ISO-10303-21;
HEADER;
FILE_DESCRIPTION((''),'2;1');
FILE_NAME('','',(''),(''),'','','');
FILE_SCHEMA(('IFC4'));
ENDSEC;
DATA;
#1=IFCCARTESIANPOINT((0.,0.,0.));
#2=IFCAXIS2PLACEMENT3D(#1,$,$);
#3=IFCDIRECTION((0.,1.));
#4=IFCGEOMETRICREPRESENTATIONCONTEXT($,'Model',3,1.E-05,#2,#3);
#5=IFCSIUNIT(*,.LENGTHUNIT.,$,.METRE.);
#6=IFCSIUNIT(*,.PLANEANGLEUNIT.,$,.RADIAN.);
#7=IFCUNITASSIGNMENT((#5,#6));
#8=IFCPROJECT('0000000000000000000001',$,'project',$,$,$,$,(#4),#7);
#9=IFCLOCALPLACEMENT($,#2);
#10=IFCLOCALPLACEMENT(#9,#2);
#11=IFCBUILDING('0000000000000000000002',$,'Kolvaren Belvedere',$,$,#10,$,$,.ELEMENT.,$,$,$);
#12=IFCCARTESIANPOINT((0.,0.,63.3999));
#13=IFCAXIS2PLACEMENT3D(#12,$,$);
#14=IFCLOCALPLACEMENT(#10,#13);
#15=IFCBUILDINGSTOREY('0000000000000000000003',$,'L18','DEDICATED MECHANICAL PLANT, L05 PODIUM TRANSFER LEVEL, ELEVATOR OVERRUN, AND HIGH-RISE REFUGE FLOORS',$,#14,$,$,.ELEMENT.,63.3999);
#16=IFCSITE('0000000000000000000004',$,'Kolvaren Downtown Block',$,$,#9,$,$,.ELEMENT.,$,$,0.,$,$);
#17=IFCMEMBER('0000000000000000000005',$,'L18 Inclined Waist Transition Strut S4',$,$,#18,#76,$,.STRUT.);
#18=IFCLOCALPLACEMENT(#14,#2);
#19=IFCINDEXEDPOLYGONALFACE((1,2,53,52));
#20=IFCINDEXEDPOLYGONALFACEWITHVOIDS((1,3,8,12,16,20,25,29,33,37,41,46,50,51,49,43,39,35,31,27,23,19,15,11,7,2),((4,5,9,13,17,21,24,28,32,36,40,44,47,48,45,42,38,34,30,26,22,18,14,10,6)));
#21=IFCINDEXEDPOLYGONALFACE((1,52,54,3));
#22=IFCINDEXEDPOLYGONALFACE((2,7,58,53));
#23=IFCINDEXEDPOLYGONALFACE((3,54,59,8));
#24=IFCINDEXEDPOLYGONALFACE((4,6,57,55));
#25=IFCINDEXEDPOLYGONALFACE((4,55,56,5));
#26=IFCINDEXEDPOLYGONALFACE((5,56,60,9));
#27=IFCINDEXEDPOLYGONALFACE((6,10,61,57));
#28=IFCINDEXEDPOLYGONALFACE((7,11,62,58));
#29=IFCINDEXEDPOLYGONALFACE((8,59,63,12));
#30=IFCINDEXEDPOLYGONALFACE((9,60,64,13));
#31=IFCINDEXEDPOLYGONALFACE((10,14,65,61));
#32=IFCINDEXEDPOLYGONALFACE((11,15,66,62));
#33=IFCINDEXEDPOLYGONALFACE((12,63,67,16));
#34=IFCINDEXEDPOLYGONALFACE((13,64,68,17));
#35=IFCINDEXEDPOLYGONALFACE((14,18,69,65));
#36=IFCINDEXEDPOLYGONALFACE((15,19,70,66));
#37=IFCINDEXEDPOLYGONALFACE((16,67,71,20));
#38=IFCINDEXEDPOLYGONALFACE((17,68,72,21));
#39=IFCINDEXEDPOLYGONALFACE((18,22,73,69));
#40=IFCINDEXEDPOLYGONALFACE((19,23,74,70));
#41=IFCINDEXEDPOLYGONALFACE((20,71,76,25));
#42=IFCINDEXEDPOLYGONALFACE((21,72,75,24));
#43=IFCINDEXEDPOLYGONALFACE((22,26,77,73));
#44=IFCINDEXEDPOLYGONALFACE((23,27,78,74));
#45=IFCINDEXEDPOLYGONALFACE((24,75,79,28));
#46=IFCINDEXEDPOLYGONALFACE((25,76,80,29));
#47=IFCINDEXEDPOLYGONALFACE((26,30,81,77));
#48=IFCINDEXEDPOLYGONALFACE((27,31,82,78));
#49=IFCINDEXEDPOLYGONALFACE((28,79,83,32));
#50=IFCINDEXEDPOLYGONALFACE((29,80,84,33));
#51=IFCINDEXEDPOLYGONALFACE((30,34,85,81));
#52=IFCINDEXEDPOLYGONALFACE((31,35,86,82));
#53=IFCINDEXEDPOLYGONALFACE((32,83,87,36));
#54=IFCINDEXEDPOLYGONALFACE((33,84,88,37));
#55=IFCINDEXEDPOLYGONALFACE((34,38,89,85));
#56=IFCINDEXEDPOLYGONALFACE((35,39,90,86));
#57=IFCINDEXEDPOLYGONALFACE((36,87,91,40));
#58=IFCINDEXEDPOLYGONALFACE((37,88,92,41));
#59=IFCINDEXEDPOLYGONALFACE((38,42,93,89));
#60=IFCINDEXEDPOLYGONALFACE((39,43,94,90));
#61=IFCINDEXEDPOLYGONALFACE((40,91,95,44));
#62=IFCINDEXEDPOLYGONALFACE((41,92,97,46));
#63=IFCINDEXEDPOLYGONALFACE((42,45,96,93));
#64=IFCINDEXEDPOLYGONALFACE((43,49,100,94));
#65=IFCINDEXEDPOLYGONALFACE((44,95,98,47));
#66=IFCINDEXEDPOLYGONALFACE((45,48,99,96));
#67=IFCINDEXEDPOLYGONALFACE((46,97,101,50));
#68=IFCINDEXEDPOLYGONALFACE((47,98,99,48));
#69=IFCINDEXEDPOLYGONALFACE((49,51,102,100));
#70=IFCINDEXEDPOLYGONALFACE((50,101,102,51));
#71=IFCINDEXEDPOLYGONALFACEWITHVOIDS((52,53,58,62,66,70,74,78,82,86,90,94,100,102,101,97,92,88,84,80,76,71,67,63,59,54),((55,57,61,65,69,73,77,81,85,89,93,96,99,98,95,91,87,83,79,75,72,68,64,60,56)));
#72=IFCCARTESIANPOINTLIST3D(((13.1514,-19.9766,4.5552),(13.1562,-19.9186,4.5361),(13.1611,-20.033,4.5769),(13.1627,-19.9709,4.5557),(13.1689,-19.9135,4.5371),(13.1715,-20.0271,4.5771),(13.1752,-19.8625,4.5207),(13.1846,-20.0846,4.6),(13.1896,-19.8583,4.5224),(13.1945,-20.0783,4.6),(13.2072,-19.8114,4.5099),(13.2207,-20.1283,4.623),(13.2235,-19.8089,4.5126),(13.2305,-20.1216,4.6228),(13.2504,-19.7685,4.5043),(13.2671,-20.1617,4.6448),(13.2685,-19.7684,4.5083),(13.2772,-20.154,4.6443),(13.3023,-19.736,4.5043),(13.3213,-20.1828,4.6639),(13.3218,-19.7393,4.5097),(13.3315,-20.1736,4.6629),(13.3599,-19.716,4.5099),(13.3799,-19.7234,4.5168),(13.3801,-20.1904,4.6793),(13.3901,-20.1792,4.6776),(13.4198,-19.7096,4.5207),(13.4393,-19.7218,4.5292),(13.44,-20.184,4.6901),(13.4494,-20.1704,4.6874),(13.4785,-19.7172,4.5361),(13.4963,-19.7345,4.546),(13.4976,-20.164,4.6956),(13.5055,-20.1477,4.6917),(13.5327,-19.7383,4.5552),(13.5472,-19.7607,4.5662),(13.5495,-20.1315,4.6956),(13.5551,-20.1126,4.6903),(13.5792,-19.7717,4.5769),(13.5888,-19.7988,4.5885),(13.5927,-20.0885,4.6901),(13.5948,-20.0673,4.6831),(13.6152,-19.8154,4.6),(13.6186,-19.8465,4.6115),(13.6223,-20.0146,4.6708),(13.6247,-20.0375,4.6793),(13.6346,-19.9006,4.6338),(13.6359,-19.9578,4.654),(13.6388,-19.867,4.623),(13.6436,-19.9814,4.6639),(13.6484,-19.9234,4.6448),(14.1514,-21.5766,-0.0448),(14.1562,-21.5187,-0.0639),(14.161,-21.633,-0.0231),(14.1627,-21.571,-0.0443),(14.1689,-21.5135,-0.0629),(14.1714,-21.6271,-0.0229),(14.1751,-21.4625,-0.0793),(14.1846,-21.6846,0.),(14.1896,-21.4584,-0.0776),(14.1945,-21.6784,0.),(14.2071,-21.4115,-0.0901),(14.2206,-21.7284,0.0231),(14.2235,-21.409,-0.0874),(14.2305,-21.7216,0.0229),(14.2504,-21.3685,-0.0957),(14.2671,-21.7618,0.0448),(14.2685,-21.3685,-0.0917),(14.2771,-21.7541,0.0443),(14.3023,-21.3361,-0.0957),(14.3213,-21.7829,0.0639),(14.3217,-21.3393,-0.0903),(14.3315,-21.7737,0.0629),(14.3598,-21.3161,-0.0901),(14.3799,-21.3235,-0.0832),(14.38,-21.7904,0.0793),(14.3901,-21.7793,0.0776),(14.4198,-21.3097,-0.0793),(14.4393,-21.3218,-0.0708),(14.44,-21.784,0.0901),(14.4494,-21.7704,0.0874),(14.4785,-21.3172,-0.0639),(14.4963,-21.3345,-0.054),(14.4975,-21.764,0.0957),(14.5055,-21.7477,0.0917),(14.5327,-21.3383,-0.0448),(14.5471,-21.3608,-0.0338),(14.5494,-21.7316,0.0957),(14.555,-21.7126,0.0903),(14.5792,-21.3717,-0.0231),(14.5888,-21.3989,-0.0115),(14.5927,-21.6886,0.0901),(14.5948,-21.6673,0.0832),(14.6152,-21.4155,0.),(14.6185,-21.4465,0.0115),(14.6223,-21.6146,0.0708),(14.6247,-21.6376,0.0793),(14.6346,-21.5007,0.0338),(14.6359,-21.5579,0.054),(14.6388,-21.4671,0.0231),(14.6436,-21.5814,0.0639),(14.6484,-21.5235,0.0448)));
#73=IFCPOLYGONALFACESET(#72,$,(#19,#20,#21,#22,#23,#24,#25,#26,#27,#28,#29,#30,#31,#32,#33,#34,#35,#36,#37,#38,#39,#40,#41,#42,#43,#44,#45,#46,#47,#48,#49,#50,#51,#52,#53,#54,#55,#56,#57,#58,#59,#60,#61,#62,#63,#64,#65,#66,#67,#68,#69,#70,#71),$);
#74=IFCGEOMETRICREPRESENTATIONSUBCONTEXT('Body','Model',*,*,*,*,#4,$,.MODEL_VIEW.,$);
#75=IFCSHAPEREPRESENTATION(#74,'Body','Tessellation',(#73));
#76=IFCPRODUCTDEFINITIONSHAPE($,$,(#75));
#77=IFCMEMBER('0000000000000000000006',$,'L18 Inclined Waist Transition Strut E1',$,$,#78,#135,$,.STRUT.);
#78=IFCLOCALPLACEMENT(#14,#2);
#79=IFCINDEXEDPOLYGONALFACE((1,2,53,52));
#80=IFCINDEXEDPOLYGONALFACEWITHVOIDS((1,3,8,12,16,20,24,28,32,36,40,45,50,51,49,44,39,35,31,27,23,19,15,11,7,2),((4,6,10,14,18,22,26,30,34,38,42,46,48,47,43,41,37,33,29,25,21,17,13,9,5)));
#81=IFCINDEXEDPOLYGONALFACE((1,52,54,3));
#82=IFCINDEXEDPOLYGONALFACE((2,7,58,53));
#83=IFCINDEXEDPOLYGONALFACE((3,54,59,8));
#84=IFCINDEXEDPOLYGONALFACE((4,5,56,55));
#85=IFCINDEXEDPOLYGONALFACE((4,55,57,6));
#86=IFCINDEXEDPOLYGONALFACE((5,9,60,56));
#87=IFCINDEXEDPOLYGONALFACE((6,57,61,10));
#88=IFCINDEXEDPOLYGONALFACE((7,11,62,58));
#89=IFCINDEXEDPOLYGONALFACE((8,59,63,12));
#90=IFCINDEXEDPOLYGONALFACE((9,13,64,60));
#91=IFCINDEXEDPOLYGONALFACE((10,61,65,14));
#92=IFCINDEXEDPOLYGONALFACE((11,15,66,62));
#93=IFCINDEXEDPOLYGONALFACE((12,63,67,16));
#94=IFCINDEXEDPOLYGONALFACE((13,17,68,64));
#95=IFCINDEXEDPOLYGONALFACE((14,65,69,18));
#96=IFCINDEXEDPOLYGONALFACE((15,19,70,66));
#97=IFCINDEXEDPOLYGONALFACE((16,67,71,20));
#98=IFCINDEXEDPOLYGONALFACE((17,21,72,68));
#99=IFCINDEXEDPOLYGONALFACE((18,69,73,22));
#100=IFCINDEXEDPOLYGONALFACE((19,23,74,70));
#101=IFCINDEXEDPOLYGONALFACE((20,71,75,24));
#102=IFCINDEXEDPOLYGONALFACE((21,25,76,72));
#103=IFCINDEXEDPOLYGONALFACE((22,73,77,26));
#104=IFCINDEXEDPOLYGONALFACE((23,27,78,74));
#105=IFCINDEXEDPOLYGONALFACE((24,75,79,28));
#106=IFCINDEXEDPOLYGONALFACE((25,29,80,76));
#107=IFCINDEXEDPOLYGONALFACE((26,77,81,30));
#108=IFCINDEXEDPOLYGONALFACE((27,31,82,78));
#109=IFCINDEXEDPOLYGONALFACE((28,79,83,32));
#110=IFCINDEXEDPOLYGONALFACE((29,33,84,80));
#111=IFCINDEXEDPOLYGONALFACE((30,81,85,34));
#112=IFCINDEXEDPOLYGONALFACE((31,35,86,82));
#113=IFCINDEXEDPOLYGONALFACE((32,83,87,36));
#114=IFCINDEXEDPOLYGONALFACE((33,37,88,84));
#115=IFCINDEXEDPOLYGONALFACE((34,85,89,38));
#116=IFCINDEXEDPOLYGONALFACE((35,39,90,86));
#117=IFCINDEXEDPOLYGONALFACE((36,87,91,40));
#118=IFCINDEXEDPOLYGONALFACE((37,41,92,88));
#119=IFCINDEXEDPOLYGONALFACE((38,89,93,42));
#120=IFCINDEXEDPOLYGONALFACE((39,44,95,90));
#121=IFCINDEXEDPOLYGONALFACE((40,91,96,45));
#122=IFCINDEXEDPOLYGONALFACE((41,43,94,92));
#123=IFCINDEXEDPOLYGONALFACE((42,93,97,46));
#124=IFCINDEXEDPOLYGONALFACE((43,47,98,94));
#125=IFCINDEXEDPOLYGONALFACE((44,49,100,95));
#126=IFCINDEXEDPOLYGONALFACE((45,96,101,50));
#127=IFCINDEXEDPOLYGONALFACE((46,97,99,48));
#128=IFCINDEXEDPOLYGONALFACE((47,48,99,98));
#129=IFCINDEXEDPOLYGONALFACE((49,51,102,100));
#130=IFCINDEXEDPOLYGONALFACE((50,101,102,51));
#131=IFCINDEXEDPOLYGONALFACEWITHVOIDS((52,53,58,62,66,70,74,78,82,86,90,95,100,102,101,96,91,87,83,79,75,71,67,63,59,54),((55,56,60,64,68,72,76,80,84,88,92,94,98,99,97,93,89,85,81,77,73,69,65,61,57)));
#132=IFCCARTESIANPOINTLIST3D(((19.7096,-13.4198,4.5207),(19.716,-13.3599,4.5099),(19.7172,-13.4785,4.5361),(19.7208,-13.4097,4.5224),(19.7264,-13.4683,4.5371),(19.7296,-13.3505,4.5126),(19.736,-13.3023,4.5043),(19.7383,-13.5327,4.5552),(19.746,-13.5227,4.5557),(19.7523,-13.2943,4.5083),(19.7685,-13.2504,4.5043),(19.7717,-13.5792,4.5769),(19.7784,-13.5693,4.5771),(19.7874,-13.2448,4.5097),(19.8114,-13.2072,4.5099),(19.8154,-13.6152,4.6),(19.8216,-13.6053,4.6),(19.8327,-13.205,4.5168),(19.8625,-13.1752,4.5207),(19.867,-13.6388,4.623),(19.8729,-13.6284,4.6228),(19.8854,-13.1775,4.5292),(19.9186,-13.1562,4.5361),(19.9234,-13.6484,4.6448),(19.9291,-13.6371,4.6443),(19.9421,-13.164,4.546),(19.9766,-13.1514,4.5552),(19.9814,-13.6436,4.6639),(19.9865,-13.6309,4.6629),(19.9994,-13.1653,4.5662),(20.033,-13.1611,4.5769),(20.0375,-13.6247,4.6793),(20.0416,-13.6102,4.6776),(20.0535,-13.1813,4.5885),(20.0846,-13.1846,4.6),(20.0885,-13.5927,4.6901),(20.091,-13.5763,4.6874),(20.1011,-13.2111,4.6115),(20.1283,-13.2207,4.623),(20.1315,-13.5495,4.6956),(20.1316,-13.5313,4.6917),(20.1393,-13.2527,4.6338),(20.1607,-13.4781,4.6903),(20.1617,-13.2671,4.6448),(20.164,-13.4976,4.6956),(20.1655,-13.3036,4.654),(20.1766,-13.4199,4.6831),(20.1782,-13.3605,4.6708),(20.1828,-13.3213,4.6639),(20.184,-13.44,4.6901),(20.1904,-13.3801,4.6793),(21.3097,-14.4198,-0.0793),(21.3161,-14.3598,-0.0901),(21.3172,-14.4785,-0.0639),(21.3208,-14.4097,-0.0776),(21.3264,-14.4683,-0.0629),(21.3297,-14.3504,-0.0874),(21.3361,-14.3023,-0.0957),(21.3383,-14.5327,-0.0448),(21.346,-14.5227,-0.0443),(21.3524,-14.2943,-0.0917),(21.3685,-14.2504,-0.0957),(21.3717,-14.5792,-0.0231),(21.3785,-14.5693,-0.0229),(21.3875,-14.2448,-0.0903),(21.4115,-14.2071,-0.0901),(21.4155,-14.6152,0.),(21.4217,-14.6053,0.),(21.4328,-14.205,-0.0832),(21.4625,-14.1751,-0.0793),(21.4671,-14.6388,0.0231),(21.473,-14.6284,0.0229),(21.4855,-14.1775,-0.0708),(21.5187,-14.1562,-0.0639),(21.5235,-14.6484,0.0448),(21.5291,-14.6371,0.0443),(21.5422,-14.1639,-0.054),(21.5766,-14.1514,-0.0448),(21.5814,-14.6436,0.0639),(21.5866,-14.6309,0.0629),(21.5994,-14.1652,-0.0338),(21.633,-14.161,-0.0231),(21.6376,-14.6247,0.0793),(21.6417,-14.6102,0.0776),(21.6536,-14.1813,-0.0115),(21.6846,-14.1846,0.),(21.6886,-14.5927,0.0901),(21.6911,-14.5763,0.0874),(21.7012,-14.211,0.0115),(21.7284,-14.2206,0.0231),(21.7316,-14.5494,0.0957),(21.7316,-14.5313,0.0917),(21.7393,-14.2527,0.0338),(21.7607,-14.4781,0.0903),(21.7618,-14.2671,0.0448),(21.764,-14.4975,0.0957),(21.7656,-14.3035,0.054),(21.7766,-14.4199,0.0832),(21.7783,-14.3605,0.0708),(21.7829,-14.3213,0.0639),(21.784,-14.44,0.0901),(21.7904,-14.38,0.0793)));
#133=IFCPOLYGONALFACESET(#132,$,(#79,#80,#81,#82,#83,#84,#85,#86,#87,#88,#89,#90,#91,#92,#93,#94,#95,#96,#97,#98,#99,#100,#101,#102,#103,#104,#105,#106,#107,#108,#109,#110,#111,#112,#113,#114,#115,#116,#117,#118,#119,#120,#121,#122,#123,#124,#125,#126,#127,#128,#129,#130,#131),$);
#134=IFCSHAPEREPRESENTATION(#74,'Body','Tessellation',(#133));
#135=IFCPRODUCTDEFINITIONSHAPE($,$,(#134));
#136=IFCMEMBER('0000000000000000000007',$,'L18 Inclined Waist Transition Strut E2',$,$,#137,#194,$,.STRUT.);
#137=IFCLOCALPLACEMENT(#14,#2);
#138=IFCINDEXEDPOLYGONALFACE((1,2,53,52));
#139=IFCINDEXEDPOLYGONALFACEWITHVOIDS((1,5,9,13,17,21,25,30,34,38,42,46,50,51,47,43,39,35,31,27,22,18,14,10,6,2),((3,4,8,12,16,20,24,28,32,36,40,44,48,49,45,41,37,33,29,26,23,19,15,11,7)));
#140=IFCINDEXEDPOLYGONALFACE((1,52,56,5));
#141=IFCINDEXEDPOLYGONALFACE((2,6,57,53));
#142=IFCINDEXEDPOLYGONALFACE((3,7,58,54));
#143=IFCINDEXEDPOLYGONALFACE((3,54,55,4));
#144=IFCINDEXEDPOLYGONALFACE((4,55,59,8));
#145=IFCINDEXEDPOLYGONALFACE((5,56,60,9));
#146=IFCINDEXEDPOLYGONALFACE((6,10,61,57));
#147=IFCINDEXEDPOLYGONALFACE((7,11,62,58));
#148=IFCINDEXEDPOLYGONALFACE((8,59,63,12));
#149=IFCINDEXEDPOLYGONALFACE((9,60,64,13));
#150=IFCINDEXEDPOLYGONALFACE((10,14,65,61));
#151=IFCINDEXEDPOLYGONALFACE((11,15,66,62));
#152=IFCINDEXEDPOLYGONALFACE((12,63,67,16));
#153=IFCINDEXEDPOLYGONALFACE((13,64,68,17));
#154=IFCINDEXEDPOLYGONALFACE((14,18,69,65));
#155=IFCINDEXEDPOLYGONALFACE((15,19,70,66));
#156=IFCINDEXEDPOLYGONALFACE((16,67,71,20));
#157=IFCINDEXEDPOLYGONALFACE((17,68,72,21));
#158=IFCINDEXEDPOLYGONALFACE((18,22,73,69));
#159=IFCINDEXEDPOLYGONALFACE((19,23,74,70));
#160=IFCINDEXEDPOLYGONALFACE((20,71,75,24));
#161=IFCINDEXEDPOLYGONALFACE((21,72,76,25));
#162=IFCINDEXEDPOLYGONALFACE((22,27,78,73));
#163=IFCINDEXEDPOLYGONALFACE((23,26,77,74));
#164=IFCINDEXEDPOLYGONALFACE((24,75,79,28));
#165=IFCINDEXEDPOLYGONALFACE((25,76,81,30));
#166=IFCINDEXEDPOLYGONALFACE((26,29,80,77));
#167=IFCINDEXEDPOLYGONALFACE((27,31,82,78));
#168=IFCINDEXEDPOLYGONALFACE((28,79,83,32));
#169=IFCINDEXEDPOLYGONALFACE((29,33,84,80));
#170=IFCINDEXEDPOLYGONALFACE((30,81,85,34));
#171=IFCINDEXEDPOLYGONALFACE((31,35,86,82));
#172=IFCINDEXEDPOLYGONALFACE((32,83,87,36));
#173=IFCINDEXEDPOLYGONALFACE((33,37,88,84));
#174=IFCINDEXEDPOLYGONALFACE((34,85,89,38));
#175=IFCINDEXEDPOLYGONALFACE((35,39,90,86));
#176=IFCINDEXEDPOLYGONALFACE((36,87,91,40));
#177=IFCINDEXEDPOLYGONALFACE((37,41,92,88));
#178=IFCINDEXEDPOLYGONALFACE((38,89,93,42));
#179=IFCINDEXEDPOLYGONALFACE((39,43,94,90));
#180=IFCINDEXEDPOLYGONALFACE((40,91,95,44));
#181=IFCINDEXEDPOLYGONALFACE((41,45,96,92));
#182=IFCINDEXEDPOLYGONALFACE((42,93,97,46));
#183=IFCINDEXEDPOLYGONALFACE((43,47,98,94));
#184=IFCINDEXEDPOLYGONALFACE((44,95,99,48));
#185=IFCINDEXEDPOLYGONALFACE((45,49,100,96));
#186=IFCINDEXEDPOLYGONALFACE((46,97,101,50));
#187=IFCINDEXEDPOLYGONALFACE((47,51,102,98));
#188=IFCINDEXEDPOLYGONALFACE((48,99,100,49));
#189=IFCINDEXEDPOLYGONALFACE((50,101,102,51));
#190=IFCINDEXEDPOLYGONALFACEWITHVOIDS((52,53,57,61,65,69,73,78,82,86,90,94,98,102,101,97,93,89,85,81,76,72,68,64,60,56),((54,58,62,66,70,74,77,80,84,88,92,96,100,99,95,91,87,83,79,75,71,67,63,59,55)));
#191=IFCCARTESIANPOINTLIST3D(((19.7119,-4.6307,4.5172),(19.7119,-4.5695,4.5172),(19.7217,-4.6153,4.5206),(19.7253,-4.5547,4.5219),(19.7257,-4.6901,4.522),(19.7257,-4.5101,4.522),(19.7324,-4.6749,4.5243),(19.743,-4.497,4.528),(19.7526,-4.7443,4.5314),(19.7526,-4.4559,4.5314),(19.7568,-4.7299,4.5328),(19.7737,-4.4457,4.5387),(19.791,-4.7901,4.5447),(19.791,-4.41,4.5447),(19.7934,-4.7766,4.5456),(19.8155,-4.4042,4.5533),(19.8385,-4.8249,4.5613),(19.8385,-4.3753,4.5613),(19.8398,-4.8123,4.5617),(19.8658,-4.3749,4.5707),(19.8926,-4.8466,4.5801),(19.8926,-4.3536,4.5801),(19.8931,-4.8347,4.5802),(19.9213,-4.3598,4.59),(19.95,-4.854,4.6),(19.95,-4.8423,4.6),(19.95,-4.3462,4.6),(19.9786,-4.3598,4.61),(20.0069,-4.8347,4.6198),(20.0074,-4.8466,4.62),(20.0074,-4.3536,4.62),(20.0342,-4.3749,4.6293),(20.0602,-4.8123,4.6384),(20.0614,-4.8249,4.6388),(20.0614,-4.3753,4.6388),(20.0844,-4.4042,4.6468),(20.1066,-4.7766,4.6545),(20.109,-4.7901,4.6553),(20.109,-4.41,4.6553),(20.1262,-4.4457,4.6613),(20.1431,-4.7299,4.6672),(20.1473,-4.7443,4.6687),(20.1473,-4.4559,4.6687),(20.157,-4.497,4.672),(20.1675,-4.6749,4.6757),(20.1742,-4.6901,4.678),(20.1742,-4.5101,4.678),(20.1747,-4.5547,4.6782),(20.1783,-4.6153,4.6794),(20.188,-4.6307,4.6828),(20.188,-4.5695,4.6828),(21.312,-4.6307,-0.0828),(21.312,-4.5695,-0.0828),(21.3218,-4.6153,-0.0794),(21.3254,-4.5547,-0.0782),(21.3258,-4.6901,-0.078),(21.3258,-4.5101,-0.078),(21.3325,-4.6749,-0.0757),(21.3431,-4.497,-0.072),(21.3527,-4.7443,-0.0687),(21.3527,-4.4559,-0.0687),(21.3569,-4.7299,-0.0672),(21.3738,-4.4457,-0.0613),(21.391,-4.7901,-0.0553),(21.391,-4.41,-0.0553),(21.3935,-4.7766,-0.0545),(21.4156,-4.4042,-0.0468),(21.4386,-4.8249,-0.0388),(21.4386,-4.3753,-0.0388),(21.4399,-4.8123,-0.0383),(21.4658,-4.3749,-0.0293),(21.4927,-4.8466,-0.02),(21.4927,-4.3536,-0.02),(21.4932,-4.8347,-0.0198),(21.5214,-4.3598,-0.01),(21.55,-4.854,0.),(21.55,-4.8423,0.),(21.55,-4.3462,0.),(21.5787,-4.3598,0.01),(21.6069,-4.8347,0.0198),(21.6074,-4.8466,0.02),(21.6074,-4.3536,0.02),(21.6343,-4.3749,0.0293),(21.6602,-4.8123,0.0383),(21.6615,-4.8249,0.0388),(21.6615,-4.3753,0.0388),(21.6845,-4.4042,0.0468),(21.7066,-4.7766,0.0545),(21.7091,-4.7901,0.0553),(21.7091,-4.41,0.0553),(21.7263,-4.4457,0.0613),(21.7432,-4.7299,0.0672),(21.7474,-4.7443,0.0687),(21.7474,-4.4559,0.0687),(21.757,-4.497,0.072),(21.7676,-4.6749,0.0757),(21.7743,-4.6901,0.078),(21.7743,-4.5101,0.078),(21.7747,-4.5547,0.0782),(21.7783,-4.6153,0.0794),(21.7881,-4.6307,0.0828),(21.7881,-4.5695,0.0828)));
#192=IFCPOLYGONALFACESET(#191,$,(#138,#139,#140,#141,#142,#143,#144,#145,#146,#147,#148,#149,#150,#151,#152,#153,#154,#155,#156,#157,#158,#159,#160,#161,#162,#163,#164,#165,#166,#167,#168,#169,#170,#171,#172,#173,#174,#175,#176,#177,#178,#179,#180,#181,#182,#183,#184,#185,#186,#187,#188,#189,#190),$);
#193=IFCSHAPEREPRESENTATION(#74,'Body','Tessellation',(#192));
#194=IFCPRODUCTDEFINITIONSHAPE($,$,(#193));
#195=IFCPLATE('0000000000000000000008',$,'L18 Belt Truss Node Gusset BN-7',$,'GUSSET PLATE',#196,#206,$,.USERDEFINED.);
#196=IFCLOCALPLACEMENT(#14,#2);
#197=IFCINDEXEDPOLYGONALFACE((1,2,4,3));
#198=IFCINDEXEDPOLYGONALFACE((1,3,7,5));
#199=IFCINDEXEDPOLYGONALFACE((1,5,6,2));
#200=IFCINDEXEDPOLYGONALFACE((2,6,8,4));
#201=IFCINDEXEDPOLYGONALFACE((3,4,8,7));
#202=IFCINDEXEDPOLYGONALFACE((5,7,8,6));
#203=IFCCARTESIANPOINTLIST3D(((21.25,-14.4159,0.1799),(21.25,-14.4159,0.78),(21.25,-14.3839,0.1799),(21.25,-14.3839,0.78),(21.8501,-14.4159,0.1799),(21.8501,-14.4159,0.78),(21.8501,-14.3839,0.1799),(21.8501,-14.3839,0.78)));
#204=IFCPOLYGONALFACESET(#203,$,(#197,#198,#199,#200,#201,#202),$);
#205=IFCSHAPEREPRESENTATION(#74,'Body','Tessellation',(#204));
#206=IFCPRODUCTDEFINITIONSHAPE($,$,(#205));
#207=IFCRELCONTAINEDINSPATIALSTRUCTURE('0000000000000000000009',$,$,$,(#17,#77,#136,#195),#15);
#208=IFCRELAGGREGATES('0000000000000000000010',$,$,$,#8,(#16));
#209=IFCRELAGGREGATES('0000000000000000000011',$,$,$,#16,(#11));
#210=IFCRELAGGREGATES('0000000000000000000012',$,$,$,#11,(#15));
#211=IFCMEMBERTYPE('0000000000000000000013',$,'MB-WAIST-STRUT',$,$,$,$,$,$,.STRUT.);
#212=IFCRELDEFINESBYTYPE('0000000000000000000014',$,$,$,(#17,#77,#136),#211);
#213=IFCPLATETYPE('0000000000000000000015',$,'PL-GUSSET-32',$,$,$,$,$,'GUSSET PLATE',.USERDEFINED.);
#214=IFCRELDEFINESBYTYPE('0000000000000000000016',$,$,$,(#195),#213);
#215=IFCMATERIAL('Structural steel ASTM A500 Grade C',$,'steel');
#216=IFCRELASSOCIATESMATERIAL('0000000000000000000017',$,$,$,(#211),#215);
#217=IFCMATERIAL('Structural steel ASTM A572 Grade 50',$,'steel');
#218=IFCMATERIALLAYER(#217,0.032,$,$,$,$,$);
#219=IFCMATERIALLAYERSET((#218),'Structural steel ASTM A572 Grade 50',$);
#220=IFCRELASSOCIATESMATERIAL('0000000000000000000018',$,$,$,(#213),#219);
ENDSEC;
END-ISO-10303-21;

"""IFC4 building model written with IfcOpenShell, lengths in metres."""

from ifc_helpers import new_model, si_unit, direction, frame, origin, origin_2d, place, context, subcontext, project, spatial, rectangle, hollow_circle, extrude, material, layer, layer_set, material_profile, profile_set, type_object, element, save


model = new_model("IFC4")

# Units and contexts
model_context = context("Model", 3, precision=1e-05, world=origin(), true_north=direction((0.0, 1.0)))
body_context = subcontext(model_context, "Body", "Model", "MODEL_VIEW")
ifc_project = project(units=[si_unit("LENGTHUNIT", "METRE"), si_unit("PLANEANGLEUNIT", "RADIAN")], contexts=[model_context])

# Site, building, storey
site_placement = place(None, origin())
site = spatial("IfcSite", under=ifc_project, at=site_placement, Name="Kolvaren Downtown Block", CompositionType="ELEMENT", RefElevation=0.0)
building_placement = place(site_placement, origin())
building = spatial("IfcBuilding", under=site, at=building_placement, Name="Kolvaren Belvedere", CompositionType="ELEMENT")
storey_placement = place(building_placement, frame((0.0, 0.0, 63.3999)))
storey = spatial("IfcBuildingStorey", under=building, at=storey_placement, Name="L18", Description="DEDICATED MECHANICAL PLANT, L05 PODIUM TRANSFER LEVEL, ELEVATOR OVERRUN, AND HIGH-RISE REFUGE FLOORS", CompositionType="ELEMENT", Elevation=63.3999)

# Members
ifc_material_1 = material(Name="Structural steel ASTM A500 Grade C", Category="steel")
ifc_material_profile_1 = material_profile(ifc_material_1, hollow_circle(Radius=0.2539, WallThickness=0.0117, at=origin_2d()), Name="HSS20.000X0.500")
ifc_profile_set_1 = profile_set([ifc_material_profile_1], Name="Structural steel ASTM A500 Grade C")
member_type_1 = type_object("IfcMemberType", Name="MB-WAIST-STRUT", PredefinedType="STRUT", material=ifc_profile_set_1)
for number, where, z_axis, x_axis, name in (
    (1, (14.3999, -21.55, 0.0), (-0.201125, 0.321819, 0.925193), (-0.848013, -0.529976, 0.0), "L18 Inclined Waist Transition Strut S4"),
    (2, (21.55, -14.3999, 0.0), (-0.321819, 0.201125, 0.925193), (-0.529976, -0.848013, 0.0), "L18 Inclined Waist Transition Strut E1"),
):
    element("IfcMember", number, at=place(storey_placement, frame(where, z_axis=z_axis, x_axis=x_axis)), inside=storey, type_object=member_type_1, Name=name, PredefinedType="STRUT", context=body_context, shape_type="SweptSolid", body=[
        extrude(hollow_circle(Radius=0.2539, WallThickness=0.0117, at=origin_2d()), origin(), (0.0, 0.0, 1.0), 4.9719),
    ])
member_1_placement = place(storey_placement, frame((21.55, -4.6001, 0.0), z_axis=(-0.328532, 0.0, 0.944493), x_axis=(0.0, -1.0, 0.0)))
element("IfcMember", 3, at=member_1_placement, inside=storey, type_object=member_type_1, Name="L18 Inclined Waist Transition Strut E2", PredefinedType="STRUT", context=body_context, shape_type="SweptSolid", body=[
    extrude(hollow_circle(Radius=0.2539, WallThickness=0.0117, at=origin_2d()), origin(), (0.0, 0.0, 1.0), 4.8704),
])

# Plate
ifc_material_2 = material(Name="Structural steel ASTM A572 Grade 50", Category="steel")
ifc_layer_1 = layer(ifc_material_2, 0.032)
ifc_layer_set_1 = layer_set([ifc_layer_1], Name="Structural steel ASTM A572 Grade 50")
plate_type_1 = type_object("IfcPlateType", Name="PL-GUSSET-32", ElementType="GUSSET PLATE", PredefinedType="USERDEFINED", material=ifc_layer_set_1)
plate_placement = place(storey_placement, frame((21.55, -14.3999, 0.1799), z_axis=(0.0, 0.0, 1.0), x_axis=(1.0, 0.0, 0.0)))
element("IfcPlate", 4, at=plate_placement, inside=storey, type_object=plate_type_1, Name="L18 Belt Truss Node Gusset BN-7", ObjectType="GUSSET PLATE", PredefinedType="USERDEFINED", context=body_context, shape_type="SweptSolid", body=[
    extrude(rectangle(XDim=0.6001, YDim=0.032, at=origin_2d()), origin(), (0.0, 0.0, 1.0), 0.6001),
])

save(model, "model.ifc")
